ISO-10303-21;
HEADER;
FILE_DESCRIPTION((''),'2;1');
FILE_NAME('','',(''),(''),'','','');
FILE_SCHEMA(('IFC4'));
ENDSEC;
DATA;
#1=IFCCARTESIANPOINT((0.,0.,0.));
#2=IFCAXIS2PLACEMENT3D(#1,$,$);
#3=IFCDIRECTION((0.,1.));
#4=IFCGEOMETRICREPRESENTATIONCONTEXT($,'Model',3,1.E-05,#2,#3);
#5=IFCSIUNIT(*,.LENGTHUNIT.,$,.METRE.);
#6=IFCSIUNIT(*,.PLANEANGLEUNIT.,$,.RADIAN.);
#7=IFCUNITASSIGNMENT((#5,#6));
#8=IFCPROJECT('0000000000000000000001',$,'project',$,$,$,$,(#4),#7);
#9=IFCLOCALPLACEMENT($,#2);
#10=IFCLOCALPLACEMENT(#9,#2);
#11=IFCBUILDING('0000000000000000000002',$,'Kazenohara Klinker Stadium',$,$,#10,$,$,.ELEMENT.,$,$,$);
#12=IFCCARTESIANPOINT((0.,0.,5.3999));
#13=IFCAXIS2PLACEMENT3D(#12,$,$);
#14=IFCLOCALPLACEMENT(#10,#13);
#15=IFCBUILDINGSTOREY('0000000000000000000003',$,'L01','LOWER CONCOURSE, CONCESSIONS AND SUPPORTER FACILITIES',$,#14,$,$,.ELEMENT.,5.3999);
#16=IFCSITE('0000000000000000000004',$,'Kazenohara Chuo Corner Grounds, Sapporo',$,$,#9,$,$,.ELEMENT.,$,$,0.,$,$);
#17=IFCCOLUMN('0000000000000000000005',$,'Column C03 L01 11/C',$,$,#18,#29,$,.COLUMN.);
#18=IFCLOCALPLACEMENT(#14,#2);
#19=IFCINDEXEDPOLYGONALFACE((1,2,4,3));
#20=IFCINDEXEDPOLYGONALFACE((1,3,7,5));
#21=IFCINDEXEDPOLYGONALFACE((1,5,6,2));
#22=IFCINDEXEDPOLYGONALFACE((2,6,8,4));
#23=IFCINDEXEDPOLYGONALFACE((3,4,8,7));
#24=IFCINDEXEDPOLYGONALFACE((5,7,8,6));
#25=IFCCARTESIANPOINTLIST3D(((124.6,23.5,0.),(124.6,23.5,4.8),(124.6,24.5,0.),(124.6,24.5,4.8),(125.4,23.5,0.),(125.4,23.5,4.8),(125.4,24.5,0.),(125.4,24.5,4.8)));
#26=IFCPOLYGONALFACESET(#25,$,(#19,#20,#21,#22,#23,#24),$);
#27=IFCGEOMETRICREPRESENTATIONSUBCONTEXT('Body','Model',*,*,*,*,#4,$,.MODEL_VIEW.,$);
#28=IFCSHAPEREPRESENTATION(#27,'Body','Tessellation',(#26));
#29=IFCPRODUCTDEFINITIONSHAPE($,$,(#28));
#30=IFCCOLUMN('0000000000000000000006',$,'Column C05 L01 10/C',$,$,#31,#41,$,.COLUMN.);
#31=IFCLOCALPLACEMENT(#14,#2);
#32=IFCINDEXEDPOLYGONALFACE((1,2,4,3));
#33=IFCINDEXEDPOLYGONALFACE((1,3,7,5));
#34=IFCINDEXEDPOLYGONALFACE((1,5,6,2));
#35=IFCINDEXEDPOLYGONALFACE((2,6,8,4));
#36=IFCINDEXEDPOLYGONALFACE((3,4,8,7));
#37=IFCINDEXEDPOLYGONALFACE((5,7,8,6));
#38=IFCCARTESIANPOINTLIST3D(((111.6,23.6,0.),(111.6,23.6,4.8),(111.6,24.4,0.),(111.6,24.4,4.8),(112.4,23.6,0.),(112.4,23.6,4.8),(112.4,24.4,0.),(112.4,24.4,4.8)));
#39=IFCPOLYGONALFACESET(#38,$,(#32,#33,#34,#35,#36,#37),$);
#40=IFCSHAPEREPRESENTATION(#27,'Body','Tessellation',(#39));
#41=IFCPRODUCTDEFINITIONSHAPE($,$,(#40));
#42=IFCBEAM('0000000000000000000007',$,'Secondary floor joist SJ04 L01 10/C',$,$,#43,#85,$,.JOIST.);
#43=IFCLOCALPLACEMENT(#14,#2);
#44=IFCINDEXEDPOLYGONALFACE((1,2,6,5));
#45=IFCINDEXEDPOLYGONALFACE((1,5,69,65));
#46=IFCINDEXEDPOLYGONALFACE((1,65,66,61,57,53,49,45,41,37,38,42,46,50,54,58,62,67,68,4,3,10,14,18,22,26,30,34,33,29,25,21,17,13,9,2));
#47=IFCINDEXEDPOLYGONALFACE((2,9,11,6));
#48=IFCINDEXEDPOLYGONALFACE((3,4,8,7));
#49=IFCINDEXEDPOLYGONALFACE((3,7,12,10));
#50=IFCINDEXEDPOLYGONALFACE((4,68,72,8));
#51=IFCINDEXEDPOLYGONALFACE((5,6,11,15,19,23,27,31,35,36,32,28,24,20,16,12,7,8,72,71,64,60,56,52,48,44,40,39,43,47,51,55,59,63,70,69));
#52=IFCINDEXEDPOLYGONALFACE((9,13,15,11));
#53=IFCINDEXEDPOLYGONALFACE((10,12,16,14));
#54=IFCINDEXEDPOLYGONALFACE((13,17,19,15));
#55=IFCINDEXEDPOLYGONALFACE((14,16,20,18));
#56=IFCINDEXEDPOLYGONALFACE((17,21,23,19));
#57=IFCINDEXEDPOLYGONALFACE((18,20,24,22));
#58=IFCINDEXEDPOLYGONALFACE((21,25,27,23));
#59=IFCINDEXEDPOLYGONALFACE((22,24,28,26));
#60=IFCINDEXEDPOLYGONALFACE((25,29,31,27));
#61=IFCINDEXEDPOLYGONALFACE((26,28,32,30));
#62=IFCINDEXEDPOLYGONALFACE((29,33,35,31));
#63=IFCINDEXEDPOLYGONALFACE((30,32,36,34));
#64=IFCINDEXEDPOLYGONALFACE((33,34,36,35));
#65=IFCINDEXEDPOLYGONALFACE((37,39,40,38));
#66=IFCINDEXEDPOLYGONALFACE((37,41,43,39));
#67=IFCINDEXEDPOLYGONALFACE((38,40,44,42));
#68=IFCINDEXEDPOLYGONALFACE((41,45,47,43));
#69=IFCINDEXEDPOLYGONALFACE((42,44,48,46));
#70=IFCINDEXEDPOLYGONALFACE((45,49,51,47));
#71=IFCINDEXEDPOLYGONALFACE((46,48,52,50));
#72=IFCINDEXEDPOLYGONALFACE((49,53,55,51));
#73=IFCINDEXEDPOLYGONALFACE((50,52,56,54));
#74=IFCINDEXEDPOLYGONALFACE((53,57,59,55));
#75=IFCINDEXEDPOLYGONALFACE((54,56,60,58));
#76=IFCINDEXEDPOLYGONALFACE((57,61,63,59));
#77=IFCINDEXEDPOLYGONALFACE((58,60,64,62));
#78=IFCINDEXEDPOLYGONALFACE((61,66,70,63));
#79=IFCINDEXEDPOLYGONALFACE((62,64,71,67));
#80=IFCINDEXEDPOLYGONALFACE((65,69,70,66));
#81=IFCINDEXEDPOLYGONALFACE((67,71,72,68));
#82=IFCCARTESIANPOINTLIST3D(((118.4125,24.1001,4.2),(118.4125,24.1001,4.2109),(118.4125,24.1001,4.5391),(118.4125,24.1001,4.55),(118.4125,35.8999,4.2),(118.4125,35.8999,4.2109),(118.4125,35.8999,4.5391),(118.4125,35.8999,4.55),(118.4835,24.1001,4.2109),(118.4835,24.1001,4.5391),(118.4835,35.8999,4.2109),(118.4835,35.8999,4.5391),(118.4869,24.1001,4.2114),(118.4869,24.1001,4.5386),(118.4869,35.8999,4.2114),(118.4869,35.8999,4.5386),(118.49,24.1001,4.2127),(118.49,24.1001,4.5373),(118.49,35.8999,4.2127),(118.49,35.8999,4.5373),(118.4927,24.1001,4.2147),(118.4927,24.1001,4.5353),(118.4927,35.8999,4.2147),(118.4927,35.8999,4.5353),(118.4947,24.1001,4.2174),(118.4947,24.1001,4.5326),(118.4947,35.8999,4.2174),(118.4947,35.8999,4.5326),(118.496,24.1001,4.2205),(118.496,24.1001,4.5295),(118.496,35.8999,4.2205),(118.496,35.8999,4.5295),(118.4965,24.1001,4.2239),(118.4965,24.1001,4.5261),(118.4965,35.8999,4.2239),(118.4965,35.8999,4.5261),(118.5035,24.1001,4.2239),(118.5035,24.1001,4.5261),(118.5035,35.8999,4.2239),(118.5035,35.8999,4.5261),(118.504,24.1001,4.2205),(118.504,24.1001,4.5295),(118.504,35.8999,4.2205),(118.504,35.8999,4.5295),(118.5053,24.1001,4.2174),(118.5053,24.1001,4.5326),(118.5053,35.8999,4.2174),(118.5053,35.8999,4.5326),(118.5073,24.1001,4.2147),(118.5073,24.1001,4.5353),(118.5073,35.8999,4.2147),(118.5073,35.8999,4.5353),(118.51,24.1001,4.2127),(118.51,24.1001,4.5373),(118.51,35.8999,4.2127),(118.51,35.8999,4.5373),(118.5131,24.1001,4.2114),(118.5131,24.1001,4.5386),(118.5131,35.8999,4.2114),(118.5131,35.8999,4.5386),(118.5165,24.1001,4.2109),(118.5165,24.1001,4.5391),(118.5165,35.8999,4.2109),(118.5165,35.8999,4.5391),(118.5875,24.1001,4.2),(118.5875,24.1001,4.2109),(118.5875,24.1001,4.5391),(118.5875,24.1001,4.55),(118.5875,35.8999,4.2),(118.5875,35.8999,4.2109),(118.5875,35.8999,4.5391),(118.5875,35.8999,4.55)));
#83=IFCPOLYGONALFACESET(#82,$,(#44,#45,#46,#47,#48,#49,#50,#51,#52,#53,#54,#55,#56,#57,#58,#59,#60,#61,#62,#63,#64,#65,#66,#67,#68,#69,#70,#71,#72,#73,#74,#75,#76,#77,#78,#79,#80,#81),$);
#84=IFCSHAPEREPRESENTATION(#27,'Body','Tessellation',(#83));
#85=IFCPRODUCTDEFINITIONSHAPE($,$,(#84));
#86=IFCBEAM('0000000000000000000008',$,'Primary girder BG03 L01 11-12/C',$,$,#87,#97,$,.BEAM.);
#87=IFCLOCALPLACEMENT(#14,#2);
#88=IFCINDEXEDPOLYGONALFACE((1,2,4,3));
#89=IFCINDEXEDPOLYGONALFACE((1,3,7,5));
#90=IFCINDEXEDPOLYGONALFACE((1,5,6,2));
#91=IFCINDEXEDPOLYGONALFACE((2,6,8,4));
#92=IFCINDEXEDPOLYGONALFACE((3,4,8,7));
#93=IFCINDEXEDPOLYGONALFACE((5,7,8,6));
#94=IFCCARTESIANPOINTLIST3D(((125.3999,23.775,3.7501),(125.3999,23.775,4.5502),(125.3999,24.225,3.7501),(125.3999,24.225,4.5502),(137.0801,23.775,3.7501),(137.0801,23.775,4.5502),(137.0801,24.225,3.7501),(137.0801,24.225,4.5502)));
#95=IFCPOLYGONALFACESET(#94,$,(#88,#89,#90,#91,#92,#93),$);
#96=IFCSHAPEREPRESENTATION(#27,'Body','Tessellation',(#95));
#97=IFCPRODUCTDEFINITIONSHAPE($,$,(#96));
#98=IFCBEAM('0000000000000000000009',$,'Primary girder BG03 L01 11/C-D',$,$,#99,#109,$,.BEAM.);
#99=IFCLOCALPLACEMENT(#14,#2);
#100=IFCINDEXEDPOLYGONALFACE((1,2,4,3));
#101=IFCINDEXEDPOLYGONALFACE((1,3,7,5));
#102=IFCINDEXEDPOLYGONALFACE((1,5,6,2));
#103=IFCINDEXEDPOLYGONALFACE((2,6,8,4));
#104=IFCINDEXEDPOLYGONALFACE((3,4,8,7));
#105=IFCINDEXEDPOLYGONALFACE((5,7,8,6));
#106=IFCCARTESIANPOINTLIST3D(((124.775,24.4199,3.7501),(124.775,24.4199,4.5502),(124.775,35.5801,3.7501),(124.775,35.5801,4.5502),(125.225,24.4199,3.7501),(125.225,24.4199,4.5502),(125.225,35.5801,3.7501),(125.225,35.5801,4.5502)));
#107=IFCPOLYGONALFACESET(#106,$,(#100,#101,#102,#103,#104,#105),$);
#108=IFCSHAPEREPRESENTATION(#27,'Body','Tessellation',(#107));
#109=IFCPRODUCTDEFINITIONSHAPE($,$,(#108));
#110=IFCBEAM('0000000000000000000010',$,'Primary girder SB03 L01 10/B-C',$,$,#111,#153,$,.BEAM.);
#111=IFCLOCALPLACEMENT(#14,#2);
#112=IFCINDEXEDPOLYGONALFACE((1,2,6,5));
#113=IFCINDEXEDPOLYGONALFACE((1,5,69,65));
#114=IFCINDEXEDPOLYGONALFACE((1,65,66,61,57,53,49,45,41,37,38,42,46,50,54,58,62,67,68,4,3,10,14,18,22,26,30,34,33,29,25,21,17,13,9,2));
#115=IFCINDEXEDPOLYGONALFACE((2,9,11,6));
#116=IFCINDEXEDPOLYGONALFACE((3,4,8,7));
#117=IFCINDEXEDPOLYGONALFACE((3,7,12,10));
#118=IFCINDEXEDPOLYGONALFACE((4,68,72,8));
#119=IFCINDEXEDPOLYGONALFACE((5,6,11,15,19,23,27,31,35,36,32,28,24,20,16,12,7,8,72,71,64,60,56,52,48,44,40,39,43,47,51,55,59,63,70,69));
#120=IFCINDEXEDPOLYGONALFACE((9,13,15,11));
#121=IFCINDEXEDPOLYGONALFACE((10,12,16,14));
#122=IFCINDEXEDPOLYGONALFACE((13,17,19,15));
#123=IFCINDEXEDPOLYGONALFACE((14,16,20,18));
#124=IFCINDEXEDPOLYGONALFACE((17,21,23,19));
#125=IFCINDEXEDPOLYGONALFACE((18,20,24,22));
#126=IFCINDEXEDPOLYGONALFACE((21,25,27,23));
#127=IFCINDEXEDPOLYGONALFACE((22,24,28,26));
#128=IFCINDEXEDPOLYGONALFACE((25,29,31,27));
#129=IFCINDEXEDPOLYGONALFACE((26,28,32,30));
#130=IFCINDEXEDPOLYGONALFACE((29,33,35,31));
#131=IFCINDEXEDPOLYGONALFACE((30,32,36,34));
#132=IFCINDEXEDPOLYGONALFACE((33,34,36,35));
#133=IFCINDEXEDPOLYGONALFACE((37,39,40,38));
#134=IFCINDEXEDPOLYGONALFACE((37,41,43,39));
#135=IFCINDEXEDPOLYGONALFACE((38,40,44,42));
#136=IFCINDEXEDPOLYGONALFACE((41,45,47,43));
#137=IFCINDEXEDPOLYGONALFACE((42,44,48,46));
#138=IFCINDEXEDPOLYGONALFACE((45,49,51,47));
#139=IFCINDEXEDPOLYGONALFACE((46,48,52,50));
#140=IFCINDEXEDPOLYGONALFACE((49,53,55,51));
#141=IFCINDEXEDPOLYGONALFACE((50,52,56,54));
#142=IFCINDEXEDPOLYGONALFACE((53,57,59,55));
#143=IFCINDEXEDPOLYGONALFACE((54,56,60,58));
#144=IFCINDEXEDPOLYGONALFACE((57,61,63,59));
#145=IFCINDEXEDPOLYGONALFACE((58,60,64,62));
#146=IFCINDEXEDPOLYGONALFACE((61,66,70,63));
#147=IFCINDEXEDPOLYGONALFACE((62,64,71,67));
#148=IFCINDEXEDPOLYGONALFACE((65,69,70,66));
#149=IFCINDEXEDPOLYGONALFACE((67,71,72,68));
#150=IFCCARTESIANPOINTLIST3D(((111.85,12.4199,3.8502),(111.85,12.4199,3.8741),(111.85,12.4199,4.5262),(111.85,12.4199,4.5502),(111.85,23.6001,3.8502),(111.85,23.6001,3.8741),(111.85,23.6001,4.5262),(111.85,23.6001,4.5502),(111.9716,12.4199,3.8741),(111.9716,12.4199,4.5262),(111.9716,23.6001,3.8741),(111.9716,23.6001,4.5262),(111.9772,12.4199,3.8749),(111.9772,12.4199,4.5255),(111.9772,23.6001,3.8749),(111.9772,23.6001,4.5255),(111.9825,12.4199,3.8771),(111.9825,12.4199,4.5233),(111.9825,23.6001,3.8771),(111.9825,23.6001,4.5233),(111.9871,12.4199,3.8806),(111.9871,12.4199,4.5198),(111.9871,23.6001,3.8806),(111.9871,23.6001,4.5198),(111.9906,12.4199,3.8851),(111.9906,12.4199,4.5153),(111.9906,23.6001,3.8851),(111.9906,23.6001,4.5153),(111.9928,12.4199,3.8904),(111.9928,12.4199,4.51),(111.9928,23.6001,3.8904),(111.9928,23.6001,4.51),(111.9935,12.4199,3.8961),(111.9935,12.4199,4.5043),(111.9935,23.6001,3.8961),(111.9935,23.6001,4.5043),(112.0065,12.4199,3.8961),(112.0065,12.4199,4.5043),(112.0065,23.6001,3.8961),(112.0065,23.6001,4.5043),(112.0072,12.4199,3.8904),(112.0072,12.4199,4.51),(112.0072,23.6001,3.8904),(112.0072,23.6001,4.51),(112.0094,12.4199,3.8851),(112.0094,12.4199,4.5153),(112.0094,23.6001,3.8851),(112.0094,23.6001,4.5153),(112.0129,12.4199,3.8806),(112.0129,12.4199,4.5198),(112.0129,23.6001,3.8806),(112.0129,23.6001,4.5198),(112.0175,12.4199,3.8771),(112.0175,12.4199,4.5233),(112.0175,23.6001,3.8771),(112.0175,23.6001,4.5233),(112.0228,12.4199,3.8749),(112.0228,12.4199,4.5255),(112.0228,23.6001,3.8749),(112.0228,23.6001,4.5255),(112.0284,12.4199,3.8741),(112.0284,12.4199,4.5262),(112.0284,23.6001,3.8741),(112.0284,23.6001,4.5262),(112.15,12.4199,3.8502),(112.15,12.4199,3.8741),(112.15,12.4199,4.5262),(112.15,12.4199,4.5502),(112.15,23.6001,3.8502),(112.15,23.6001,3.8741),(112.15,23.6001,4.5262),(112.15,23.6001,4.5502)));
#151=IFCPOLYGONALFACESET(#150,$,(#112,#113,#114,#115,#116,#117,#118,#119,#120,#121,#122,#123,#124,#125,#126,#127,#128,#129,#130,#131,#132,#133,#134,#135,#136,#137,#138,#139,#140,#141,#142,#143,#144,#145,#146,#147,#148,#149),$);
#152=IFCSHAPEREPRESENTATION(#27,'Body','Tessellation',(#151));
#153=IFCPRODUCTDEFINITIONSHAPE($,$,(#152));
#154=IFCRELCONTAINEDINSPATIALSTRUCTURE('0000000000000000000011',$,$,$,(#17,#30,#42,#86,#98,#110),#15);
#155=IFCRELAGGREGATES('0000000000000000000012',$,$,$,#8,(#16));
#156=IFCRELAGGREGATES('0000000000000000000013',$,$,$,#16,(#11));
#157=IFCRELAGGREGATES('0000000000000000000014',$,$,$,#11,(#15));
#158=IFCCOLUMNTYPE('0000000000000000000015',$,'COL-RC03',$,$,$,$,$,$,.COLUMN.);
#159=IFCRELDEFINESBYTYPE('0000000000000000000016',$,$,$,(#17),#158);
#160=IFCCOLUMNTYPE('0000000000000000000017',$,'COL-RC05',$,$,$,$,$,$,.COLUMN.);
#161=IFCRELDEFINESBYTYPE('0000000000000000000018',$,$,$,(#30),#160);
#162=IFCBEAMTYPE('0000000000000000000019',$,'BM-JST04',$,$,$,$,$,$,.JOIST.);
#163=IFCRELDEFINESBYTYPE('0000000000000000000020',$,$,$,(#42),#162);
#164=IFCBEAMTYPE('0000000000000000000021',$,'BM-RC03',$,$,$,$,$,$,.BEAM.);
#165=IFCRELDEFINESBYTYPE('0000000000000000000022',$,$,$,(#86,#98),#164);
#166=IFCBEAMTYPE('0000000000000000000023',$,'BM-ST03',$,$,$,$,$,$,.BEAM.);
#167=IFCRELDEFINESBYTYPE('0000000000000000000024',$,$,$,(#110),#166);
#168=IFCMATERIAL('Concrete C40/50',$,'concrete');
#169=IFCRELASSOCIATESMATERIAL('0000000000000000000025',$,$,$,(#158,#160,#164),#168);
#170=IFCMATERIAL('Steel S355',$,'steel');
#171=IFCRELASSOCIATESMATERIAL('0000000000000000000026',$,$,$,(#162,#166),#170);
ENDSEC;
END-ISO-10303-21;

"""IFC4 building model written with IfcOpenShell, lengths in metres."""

from ifc_helpers import new_model, si_unit, direction, frame, origin, origin_2d, place, context, subcontext, project, spatial, rectangle, i_section, extrude, material, material_profile, profile_set, type_object, element, save


model = new_model("IFC4")

# Units and contexts
model_context = context("Model", 3, precision=1e-05, world=origin(), true_north=direction((0.0, 1.0)))
body_context = subcontext(model_context, "Body", "Model", "MODEL_VIEW")
ifc_project = project(units=[si_unit("LENGTHUNIT", "METRE"), si_unit("PLANEANGLEUNIT", "RADIAN")], contexts=[model_context])

# Site, building, storey
site_placement = place(None, origin())
site = spatial("IfcSite", under=ifc_project, at=site_placement, Name="Kazenohara Chuo Corner Grounds, Sapporo", CompositionType="ELEMENT", RefElevation=0.0)
building_placement = place(site_placement, origin())
building = spatial("IfcBuilding", under=site, at=building_placement, Name="Kazenohara Klinker Stadium", CompositionType="ELEMENT")
storey_placement = place(building_placement, frame((0.0, 0.0, 5.3999)))
storey = spatial("IfcBuildingStorey", under=building, at=storey_placement, Name="L01", Description="LOWER CONCOURSE, CONCESSIONS AND SUPPORTER FACILITIES", CompositionType="ELEMENT", Elevation=5.3999)

# Columns
ifc_material_1 = material(Name="Concrete C40/50", Category="concrete")
ifc_material_profile_1 = material_profile(ifc_material_1, rectangle(XDim=0.8, YDim=1.0, at=origin_2d()), Name="RC-COL-1000x800")
ifc_profile_set_1 = profile_set([ifc_material_profile_1], Name="Concrete C40/50")
column_type_1 = type_object("IfcColumnType", Name="COL-RC03", PredefinedType="COLUMN", material=ifc_profile_set_1)
column_1_placement = place(storey_placement, frame((125.0, 24.0, 0.0), z_axis=(0.0, 0.0, 1.0), x_axis=(1.0, 0.0, 0.0)))
element("IfcColumn", 1, at=column_1_placement, inside=storey, type_object=column_type_1, Name="Column C03 L01 11/C", PredefinedType="COLUMN", context=body_context, shape_type="SweptSolid", body=[
    extrude(rectangle(XDim=0.8, YDim=1.0, at=origin_2d()), origin(), (0.0, 0.0, 1.0), 4.8),
])
ifc_material_profile_2 = material_profile(ifc_material_1, rectangle(XDim=0.8, YDim=0.8, at=origin_2d()), Name="RC-COL-800x800")
ifc_profile_set_2 = profile_set([ifc_material_profile_2], Name="Concrete C40/50")
column_type_2 = type_object("IfcColumnType", Name="COL-RC05", PredefinedType="COLUMN", material=ifc_profile_set_2)
column_2_placement = place(storey_placement, frame((112.0, 24.0, 0.0), z_axis=(0.0, 0.0, 1.0), x_axis=(1.0, 0.0, 0.0)))
element("IfcColumn", 2, at=column_2_placement, inside=storey, type_object=column_type_2, Name="Column C05 L01 10/C", PredefinedType="COLUMN", context=body_context, shape_type="SweptSolid", body=[
    extrude(rectangle(XDim=0.8, YDim=0.8, at=origin_2d()), origin(), (0.0, 0.0, 1.0), 4.8),
])

# Beams
ifc_material_2 = material(Name="Steel S355", Category="steel")
ifc_material_profile_3 = material_profile(ifc_material_2, i_section(OverallWidth=0.175, OverallDepth=0.3501, WebThickness=0.0071, FlangeThickness=0.011, FilletRadius=0.0129, at=origin_2d()), Name="H-350x175x7x11")
ifc_profile_set_3 = profile_set([ifc_material_profile_3], Name="Steel S355")
beam_type_1 = type_object("IfcBeamType", Name="BM-JST04", PredefinedType="JOIST", material=ifc_profile_set_3)
beam_1_placement = place(storey_placement, frame((118.5, 24.1001, 4.375), z_axis=(0.0, 1.0, 0.0), x_axis=(-1.0, 0.0, 0.0)))
element("IfcBeam", 3, at=beam_1_placement, inside=storey, type_object=beam_type_1, Name="Secondary floor joist SJ04 L01 10/C", PredefinedType="JOIST", context=body_context, shape_type="SweptSolid", body=[
    extrude(i_section(OverallWidth=0.175, OverallDepth=0.3501, WebThickness=0.0071, FlangeThickness=0.011, FilletRadius=0.0129, at=origin_2d()), origin(), (0.0, 0.0, 1.0), 11.7998),
])
ifc_material_profile_4 = material_profile(ifc_material_1, rectangle(XDim=0.45, YDim=0.8, at=origin_2d()), Name="RC-BM-450x800")
ifc_profile_set_4 = profile_set([ifc_material_profile_4], Name="Concrete C40/50")
beam_type_2 = type_object("IfcBeamType", Name="BM-RC03", PredefinedType="BEAM", material=ifc_profile_set_4)
beam_2_placement = place(storey_placement, frame((125.3999, 24.0, 4.1501), z_axis=(1.0, 0.0, 0.0), x_axis=(0.0, 1.0, 0.0)))
element("IfcBeam", 4, at=beam_2_placement, inside=storey, type_object=beam_type_2, Name="Primary girder BG03 L01 11-12/C", PredefinedType="BEAM", context=body_context, shape_type="SweptSolid", body=[
    extrude(rectangle(XDim=0.45, YDim=0.8, at=origin_2d()), origin(), (0.0, 0.0, 1.0), 11.6802),
])
beam_3_placement = place(storey_placement, frame((125.0, 24.4199, 4.1501), z_axis=(0.0, 1.0, 0.0), x_axis=(-1.0, 0.0, 0.0)))
element("IfcBeam", 5, at=beam_3_placement, inside=storey, type_object=beam_type_2, Name="Primary girder BG03 L01 11/C-D", PredefinedType="BEAM", context=body_context, shape_type="SweptSolid", body=[
    extrude(rectangle(XDim=0.45, YDim=0.8, at=origin_2d()), origin(), (0.0, 0.0, 1.0), 11.1602),
])
ifc_material_profile_5 = material_profile(ifc_material_2, i_section(OverallWidth=0.3, OverallDepth=0.7, WebThickness=0.0129, FlangeThickness=0.0239, FilletRadius=0.022, at=origin_2d()), Name="H-700x300x13x24")
ifc_profile_set_5 = profile_set([ifc_material_profile_5], Name="Steel S355")
beam_type_3 = type_object("IfcBeamType", Name="BM-ST03", PredefinedType="BEAM", material=ifc_profile_set_5)
beam_4_placement = place(storey_placement, frame((112.0, 12.4199, 4.2002), z_axis=(0.0, 1.0, 0.0), x_axis=(-1.0, 0.0, 0.0)))
element("IfcBeam", 6, at=beam_4_placement, inside=storey, type_object=beam_type_3, Name="Primary girder SB03 L01 10/B-C", PredefinedType="BEAM", context=body_context, shape_type="SweptSolid", body=[
    extrude(i_section(OverallWidth=0.3, OverallDepth=0.7, WebThickness=0.0129, FlangeThickness=0.0239, FilletRadius=0.022, at=origin_2d()), origin(), (0.0, 0.0, 1.0), 11.1802),
])

save(model, "model.ifc")
